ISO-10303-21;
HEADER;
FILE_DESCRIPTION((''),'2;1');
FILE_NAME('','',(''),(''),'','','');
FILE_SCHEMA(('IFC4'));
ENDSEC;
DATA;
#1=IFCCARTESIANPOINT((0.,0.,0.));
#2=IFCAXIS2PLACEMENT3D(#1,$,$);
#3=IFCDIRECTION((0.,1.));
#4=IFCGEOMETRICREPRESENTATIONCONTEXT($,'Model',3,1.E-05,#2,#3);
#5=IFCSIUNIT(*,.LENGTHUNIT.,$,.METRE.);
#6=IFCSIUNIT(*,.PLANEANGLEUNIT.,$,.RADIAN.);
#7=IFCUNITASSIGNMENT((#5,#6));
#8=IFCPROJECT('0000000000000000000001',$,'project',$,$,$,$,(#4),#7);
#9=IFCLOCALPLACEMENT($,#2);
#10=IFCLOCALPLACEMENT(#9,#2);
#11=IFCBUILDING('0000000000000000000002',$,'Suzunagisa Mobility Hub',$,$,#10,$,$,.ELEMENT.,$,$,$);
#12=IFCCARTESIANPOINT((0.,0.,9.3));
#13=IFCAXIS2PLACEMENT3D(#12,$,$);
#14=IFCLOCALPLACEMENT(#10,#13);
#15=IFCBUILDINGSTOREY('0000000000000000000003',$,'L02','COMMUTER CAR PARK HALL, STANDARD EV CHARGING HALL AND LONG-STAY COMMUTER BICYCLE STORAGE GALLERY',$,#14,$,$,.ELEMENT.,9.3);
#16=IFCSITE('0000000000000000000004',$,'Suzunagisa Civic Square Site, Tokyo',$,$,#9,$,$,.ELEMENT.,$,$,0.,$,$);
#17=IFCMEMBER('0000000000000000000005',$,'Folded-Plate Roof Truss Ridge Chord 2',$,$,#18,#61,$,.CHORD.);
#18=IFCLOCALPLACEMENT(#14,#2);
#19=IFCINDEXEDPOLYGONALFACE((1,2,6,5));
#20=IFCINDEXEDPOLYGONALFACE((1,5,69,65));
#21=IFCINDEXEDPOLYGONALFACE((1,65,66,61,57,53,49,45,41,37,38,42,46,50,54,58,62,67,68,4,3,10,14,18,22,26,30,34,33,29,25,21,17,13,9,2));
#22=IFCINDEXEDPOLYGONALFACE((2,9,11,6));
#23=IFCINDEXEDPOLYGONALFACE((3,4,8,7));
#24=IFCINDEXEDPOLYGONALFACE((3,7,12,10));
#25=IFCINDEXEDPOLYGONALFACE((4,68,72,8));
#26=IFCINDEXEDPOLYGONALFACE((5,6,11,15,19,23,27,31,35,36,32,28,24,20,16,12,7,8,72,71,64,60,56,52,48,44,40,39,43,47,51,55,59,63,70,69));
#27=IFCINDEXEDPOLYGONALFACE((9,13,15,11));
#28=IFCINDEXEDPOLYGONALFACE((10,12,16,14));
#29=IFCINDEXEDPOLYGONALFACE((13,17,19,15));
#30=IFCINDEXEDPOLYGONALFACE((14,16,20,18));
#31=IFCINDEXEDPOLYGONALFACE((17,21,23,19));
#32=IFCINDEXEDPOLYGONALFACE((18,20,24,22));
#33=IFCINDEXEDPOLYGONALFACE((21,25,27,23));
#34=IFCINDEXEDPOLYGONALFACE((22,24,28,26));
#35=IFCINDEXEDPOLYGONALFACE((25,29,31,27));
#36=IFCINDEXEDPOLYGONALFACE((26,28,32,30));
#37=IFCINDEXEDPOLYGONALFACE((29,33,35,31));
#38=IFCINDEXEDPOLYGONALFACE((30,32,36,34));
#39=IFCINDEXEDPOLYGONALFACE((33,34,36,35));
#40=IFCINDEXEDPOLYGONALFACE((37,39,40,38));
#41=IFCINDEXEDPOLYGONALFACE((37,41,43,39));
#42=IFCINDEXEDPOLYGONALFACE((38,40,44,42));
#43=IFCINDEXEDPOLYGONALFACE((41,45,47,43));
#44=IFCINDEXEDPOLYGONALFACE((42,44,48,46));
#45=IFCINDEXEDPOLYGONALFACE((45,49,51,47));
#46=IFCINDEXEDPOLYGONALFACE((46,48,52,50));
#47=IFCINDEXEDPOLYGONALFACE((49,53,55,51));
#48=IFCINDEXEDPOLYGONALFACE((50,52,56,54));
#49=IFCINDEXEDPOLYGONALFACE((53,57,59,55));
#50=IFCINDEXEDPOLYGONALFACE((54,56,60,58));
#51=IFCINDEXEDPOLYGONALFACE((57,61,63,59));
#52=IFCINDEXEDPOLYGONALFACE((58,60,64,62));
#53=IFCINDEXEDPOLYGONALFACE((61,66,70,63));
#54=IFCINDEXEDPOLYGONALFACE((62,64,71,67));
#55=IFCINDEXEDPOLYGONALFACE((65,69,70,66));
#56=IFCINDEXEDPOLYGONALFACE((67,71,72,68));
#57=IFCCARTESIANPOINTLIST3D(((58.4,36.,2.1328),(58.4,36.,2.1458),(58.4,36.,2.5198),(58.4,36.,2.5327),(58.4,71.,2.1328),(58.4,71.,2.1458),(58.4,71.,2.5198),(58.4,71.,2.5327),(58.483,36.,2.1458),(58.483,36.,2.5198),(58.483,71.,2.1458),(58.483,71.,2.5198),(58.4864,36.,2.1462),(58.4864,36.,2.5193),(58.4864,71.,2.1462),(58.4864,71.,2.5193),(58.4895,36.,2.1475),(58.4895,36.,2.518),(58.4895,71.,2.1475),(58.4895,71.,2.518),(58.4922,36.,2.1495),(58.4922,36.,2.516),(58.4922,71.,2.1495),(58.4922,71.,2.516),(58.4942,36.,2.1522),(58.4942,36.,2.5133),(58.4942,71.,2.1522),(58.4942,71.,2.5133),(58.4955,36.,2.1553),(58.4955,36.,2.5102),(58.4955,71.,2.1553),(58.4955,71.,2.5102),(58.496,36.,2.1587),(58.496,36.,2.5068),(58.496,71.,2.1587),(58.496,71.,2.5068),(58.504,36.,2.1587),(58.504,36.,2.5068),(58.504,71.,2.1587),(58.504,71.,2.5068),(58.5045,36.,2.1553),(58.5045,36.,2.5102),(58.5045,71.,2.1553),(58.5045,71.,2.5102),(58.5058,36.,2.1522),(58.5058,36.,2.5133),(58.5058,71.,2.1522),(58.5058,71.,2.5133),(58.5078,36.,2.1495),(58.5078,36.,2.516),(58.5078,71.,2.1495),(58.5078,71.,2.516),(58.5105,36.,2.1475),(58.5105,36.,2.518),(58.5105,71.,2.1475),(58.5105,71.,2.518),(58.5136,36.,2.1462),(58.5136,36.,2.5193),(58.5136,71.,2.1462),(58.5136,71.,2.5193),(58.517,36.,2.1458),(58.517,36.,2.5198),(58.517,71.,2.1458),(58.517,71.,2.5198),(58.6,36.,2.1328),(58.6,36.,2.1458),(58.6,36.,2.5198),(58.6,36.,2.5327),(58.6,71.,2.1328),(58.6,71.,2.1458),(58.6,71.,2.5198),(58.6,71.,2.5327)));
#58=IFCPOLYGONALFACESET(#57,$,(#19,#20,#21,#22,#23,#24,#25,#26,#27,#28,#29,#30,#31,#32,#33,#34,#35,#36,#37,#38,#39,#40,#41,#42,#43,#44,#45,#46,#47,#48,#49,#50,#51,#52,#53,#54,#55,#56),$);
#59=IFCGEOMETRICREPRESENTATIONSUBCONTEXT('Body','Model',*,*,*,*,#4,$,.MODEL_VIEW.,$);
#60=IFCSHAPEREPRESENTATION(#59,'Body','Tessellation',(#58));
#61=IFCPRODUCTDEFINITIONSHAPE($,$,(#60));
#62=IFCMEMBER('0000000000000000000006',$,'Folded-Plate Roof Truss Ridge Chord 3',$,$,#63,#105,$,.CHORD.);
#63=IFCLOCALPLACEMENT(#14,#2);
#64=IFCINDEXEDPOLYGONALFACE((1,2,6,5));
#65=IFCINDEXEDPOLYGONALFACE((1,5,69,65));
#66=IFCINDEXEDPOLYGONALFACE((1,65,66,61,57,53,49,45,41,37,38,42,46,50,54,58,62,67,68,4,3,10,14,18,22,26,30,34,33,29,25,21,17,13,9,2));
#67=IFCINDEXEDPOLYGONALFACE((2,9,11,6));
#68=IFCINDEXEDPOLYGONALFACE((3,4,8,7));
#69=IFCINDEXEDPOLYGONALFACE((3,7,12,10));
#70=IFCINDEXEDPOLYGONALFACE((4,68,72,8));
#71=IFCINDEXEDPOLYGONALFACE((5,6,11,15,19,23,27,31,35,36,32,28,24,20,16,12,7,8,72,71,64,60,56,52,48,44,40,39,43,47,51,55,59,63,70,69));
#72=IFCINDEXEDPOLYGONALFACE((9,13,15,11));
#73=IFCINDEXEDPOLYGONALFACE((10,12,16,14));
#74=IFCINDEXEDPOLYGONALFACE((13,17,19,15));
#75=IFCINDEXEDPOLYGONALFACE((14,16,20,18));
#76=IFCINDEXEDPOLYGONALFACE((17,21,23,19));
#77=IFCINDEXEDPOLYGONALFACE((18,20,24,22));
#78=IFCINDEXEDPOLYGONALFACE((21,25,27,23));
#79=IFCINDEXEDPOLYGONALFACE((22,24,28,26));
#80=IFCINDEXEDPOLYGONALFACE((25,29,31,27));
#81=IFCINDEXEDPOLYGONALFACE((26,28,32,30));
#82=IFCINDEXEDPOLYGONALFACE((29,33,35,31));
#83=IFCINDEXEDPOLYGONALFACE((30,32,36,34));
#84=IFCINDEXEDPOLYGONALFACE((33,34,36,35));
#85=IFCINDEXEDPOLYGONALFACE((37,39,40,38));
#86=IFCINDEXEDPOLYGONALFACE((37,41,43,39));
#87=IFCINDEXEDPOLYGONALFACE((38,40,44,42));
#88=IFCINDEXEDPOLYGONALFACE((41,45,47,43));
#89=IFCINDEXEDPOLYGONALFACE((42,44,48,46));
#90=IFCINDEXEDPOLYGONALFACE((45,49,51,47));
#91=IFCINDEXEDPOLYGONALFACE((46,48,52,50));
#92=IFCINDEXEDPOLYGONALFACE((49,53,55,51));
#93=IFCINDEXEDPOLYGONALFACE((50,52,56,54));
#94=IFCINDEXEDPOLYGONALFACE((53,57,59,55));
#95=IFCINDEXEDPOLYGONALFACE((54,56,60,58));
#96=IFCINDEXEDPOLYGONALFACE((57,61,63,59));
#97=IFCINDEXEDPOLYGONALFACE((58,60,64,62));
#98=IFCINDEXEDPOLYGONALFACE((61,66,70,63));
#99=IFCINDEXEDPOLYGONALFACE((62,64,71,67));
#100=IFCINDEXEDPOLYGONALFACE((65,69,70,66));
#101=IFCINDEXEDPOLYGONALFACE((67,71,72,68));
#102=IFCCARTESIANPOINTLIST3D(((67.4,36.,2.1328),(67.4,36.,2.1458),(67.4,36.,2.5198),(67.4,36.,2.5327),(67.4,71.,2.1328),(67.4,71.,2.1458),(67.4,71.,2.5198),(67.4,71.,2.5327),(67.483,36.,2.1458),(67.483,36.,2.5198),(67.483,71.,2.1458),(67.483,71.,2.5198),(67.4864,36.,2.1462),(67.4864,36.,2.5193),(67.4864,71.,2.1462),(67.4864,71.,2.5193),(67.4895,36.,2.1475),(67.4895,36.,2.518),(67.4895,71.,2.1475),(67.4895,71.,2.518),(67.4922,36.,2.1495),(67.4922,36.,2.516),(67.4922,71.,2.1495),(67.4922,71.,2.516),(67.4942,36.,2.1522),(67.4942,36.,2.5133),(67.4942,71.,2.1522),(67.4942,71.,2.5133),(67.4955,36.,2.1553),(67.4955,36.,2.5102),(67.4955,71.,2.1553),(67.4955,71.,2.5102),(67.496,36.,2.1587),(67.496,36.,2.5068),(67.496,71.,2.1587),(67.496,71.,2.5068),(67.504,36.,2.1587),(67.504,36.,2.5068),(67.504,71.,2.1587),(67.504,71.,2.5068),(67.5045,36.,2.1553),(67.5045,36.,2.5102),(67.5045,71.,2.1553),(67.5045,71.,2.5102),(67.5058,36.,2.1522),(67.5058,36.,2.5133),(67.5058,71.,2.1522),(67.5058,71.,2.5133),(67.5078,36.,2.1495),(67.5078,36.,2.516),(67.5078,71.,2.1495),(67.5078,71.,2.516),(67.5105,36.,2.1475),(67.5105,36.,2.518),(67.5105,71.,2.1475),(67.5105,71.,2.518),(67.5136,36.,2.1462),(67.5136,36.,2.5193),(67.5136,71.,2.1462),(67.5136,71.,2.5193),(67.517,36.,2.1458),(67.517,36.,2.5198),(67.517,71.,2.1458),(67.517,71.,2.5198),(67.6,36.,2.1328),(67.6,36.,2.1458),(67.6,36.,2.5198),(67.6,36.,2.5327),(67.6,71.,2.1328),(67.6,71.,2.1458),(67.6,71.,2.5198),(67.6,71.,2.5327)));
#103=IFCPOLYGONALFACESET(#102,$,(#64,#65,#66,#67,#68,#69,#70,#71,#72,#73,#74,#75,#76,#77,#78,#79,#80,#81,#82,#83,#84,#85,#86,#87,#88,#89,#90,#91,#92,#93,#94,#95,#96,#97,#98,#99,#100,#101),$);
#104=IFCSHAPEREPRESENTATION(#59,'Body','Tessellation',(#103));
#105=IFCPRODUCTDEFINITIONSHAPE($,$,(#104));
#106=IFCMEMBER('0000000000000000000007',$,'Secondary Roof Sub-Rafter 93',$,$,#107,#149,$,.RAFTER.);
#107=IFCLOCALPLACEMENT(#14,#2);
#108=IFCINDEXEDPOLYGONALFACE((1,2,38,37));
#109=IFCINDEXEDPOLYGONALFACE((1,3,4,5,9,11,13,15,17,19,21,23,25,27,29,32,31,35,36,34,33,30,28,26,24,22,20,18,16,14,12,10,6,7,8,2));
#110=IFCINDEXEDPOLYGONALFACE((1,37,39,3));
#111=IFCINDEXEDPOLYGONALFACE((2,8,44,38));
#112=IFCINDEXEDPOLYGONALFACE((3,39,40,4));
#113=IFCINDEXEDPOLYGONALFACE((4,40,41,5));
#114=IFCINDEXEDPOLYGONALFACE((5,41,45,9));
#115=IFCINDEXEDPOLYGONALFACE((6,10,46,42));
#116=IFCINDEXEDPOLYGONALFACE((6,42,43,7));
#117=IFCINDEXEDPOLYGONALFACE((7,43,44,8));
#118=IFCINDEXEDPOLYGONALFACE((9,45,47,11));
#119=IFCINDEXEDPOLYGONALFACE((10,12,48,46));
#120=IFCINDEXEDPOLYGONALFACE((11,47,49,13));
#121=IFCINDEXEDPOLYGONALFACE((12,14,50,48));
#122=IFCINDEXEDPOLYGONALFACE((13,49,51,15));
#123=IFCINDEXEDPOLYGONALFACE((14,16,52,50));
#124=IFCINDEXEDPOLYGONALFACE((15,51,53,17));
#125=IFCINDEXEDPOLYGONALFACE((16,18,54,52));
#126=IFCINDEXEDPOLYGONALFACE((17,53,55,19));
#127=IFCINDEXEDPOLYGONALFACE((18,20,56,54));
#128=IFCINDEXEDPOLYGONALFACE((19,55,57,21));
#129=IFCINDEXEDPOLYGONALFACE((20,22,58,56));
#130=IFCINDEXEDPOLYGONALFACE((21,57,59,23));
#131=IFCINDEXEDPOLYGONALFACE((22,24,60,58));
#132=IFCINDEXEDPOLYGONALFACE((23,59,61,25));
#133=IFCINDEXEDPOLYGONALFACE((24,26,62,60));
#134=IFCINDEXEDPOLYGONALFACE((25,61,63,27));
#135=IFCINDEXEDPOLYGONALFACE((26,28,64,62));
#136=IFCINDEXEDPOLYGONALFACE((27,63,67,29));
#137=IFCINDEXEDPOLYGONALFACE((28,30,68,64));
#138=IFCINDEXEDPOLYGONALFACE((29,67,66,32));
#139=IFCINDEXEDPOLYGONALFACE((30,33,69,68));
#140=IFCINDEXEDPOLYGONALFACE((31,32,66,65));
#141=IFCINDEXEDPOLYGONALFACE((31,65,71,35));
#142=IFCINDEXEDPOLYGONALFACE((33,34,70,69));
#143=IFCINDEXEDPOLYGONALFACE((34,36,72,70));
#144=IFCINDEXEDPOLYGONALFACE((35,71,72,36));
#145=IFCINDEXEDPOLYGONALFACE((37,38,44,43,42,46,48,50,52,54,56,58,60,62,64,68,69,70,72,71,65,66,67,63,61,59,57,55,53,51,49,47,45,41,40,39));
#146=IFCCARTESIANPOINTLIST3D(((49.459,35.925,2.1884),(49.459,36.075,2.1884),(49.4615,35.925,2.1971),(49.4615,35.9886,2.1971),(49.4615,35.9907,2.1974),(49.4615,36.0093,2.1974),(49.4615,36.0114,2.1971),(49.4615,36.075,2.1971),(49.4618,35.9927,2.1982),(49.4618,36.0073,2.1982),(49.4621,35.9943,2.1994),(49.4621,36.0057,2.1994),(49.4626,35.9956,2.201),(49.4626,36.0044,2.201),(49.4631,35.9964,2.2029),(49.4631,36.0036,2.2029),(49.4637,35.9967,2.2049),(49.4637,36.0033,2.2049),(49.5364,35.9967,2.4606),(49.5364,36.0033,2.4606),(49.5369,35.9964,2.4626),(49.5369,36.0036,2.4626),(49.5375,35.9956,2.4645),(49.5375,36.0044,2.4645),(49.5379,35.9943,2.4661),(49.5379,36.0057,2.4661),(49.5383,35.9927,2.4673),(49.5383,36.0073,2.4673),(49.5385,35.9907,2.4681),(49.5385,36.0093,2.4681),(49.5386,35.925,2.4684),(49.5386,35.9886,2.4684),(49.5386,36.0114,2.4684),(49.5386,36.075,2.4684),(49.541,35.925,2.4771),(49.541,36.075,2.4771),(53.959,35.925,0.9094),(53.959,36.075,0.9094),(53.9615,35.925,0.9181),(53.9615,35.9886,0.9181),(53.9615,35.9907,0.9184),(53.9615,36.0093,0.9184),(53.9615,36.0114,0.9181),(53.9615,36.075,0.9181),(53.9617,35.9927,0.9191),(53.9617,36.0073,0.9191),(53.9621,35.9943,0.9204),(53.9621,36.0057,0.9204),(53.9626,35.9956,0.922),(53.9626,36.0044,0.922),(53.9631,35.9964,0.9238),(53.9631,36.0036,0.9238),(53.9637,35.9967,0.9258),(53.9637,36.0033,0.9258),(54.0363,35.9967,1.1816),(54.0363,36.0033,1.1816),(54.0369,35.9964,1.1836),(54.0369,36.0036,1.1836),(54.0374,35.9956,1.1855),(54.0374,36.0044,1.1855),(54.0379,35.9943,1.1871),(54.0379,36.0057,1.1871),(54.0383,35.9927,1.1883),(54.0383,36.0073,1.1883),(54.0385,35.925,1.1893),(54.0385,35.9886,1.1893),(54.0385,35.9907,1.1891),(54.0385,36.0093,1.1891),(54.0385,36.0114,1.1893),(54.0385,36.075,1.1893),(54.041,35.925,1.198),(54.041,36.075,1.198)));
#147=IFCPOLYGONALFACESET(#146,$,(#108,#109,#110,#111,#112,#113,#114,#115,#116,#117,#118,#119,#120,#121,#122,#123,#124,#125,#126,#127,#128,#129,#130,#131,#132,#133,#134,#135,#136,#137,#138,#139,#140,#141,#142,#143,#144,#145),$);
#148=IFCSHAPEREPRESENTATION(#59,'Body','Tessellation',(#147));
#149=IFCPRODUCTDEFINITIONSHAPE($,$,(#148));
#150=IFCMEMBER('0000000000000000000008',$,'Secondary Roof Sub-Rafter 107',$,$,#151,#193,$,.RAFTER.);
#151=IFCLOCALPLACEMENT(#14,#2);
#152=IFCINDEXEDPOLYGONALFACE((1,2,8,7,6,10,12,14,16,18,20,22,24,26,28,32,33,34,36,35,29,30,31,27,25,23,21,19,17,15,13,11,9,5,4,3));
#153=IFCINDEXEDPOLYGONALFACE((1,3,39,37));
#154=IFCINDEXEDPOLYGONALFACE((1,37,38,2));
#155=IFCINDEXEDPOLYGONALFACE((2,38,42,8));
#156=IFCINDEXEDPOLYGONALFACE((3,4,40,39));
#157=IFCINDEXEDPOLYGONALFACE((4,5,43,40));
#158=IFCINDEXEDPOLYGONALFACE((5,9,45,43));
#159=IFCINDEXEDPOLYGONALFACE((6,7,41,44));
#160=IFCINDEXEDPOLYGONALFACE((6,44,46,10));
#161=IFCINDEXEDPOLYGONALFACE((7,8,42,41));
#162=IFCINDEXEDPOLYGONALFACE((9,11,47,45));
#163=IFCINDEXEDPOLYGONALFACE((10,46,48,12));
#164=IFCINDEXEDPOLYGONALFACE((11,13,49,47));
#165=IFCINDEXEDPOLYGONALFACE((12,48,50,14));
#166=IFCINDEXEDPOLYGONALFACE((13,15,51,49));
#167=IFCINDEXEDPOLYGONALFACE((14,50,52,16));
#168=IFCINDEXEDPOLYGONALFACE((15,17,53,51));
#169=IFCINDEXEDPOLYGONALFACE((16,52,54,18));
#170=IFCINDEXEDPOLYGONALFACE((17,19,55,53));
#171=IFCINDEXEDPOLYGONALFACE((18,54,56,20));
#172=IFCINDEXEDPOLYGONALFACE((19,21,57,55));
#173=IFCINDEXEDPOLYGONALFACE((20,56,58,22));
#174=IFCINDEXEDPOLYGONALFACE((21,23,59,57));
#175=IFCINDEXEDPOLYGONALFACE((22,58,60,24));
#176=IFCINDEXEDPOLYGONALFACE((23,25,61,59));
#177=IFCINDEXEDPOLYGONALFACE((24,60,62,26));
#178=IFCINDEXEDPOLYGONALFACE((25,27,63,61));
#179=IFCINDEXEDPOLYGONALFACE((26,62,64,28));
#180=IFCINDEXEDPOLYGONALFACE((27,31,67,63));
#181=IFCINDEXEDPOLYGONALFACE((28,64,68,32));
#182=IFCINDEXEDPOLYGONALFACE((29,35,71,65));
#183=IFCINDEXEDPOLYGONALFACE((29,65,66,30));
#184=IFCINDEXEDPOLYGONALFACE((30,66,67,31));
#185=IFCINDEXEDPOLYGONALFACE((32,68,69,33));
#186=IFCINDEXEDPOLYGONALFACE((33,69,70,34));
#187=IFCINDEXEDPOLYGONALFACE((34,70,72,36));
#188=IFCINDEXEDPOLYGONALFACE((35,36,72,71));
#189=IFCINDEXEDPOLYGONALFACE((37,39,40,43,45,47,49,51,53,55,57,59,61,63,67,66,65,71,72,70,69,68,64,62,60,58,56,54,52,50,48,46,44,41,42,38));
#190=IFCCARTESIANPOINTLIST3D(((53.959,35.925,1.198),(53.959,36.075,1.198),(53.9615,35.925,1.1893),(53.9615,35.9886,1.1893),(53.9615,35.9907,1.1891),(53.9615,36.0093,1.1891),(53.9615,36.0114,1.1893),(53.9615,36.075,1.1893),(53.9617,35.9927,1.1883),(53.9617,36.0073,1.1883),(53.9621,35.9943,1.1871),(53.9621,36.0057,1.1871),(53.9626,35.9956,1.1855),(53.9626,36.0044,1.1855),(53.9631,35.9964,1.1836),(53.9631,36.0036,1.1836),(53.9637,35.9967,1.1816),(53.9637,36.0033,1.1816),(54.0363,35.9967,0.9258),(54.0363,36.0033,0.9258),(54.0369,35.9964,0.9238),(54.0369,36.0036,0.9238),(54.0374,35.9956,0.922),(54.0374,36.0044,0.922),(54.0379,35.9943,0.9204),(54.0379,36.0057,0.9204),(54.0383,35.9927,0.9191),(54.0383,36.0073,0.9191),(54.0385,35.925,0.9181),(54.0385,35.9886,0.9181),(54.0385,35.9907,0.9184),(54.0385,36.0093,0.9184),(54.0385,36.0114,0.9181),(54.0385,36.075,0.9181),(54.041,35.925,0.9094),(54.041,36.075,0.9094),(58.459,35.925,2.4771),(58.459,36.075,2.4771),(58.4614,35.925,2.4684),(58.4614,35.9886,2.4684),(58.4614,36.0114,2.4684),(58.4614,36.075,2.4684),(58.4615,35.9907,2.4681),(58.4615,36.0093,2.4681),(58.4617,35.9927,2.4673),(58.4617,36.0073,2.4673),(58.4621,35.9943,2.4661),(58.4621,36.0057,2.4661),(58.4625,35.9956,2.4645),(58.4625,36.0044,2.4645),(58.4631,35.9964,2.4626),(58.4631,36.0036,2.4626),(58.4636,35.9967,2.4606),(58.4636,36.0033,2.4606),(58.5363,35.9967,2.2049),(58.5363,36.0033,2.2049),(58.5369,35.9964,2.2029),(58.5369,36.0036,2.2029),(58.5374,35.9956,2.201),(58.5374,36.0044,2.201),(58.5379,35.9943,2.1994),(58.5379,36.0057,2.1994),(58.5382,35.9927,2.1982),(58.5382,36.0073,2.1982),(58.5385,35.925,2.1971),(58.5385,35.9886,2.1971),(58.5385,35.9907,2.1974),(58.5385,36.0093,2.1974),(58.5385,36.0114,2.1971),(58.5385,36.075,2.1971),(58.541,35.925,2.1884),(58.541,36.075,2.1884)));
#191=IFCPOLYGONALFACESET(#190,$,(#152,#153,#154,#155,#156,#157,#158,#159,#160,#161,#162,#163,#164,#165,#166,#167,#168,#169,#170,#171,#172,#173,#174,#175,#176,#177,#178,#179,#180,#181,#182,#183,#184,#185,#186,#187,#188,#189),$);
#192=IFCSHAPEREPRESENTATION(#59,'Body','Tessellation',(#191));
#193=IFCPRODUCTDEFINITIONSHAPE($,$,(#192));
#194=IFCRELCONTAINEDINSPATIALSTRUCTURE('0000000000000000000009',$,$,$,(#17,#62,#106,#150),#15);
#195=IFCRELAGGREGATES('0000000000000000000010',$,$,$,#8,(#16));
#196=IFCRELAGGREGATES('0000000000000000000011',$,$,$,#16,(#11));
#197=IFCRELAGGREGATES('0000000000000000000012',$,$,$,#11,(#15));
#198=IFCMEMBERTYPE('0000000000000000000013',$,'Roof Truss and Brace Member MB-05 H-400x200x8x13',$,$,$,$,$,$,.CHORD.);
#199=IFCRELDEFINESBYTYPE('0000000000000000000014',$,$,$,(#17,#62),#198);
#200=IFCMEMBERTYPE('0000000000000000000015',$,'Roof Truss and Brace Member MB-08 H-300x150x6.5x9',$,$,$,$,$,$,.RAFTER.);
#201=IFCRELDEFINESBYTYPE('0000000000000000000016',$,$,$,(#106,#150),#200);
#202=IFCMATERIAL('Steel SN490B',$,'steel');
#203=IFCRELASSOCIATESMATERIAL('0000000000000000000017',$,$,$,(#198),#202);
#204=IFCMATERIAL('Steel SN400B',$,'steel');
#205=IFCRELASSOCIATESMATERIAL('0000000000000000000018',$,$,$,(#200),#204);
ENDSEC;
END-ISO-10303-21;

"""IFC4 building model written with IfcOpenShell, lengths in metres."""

from ifc_helpers import new_model, si_unit, direction, frame, origin, origin_2d, place, context, subcontext, project, spatial, i_section, extrude, material, material_profile, profile_set, type_object, element, save


model = new_model("IFC4")

# Units and contexts
model_context = context("Model", 3, precision=1e-05, world=origin(), true_north=direction((0.0, 1.0)))
body_context = subcontext(model_context, "Body", "Model", "MODEL_VIEW")
ifc_project = project(units=[si_unit("LENGTHUNIT", "METRE"), si_unit("PLANEANGLEUNIT", "RADIAN")], contexts=[model_context])

# Site, building, storey
site_placement = place(None, origin())
site = spatial("IfcSite", under=ifc_project, at=site_placement, Name="Suzunagisa Civic Square Site, Tokyo", CompositionType="ELEMENT", RefElevation=0.0)
building_placement = place(site_placement, origin())
building = spatial("IfcBuilding", under=site, at=building_placement, Name="Suzunagisa Mobility Hub", CompositionType="ELEMENT")
storey_placement = place(building_placement, frame((0.0, 0.0, 9.3)))
storey = spatial("IfcBuildingStorey", under=building, at=storey_placement, Name="L02", Description="COMMUTER CAR PARK HALL, STANDARD EV CHARGING HALL AND LONG-STAY COMMUTER BICYCLE STORAGE GALLERY", CompositionType="ELEMENT", Elevation=9.3)

# Shared definitions
ifc_material_1 = material(Name="Steel SN490B", Category="steel")

# Members
ifc_material_profile_1 = material_profile(ifc_material_1, i_section(OverallWidth=0.2, OverallDepth=0.3999, WebThickness=0.0081, FlangeThickness=0.0129, FilletRadius=0.0129, at=origin_2d()), Name="H-400x200x8x13")
ifc_profile_set_1 = profile_set([ifc_material_profile_1], Name="Steel SN490B")
member_type_1 = type_object("IfcMemberType", Name="Roof Truss and Brace Member MB-05 H-400x200x8x13", PredefinedType="CHORD", material=ifc_profile_set_1)
for number, where, z_axis, x_axis, name in (
    (1, (58.5, 36.0, 2.3328), (0.0, 1.0, 0.0), (-1.0, 0.0, 0.0), "Folded-Plate Roof Truss Ridge Chord 2"),
    (2, (67.5, 36.0, 2.3328), (0.0, 1.0, 0.0), (-1.0, 0.0, 0.0), "Folded-Plate Roof Truss Ridge Chord 3"),
):
    element("IfcMember", number, at=place(storey_placement, frame(where, z_axis=z_axis, x_axis=x_axis)), inside=storey, type_object=member_type_1, Name=name, PredefinedType="CHORD", context=body_context, shape_type="SweptSolid", body=[
        extrude(i_section(OverallWidth=0.2, OverallDepth=0.3999, WebThickness=0.0081, FlangeThickness=0.0129, FilletRadius=0.0129, at=origin_2d()), origin(), (0.0, 0.0, 1.0), 35.0),
    ])
ifc_material_2 = material(Name="Steel SN400B", Category="steel")
ifc_material_profile_2 = material_profile(ifc_material_2, i_section(OverallWidth=0.1499, OverallDepth=0.3, WebThickness=0.0066, FlangeThickness=0.009, FilletRadius=0.0081, at=origin_2d()), Name="H-300x150x6.5x9")
ifc_profile_set_2 = profile_set([ifc_material_profile_2], Name="Steel SN400B")
member_type_2 = type_object("IfcMemberType", Name="Roof Truss and Brace Member MB-08 H-300x150x6.5x9", PredefinedType="RAFTER", material=ifc_profile_set_2)
for number, where, z_axis, x_axis, name in (
    (3, (54.0, 36.0, 1.0537), (-0.961899, 0.0, 0.273404), (0.0, -1.0, 0.0), "Secondary Roof Sub-Rafter 93"),
    (4, (54.0, 36.0, 1.0537), (0.961899, 0.0, 0.273404), (0.0, 1.0, 0.0), "Secondary Roof Sub-Rafter 107"),
):
    element("IfcMember", number, at=place(storey_placement, frame(where, z_axis=z_axis, x_axis=x_axis)), inside=storey, type_object=member_type_2, Name=name, PredefinedType="RAFTER", context=body_context, shape_type="SweptSolid", body=[
        extrude(i_section(OverallWidth=0.1499, OverallDepth=0.3, WebThickness=0.0066, FlangeThickness=0.009, FilletRadius=0.0081, at=origin_2d()), origin(), (0.0, 0.0, 1.0), 4.6782),
    ])

save(model, "model.ifc")
